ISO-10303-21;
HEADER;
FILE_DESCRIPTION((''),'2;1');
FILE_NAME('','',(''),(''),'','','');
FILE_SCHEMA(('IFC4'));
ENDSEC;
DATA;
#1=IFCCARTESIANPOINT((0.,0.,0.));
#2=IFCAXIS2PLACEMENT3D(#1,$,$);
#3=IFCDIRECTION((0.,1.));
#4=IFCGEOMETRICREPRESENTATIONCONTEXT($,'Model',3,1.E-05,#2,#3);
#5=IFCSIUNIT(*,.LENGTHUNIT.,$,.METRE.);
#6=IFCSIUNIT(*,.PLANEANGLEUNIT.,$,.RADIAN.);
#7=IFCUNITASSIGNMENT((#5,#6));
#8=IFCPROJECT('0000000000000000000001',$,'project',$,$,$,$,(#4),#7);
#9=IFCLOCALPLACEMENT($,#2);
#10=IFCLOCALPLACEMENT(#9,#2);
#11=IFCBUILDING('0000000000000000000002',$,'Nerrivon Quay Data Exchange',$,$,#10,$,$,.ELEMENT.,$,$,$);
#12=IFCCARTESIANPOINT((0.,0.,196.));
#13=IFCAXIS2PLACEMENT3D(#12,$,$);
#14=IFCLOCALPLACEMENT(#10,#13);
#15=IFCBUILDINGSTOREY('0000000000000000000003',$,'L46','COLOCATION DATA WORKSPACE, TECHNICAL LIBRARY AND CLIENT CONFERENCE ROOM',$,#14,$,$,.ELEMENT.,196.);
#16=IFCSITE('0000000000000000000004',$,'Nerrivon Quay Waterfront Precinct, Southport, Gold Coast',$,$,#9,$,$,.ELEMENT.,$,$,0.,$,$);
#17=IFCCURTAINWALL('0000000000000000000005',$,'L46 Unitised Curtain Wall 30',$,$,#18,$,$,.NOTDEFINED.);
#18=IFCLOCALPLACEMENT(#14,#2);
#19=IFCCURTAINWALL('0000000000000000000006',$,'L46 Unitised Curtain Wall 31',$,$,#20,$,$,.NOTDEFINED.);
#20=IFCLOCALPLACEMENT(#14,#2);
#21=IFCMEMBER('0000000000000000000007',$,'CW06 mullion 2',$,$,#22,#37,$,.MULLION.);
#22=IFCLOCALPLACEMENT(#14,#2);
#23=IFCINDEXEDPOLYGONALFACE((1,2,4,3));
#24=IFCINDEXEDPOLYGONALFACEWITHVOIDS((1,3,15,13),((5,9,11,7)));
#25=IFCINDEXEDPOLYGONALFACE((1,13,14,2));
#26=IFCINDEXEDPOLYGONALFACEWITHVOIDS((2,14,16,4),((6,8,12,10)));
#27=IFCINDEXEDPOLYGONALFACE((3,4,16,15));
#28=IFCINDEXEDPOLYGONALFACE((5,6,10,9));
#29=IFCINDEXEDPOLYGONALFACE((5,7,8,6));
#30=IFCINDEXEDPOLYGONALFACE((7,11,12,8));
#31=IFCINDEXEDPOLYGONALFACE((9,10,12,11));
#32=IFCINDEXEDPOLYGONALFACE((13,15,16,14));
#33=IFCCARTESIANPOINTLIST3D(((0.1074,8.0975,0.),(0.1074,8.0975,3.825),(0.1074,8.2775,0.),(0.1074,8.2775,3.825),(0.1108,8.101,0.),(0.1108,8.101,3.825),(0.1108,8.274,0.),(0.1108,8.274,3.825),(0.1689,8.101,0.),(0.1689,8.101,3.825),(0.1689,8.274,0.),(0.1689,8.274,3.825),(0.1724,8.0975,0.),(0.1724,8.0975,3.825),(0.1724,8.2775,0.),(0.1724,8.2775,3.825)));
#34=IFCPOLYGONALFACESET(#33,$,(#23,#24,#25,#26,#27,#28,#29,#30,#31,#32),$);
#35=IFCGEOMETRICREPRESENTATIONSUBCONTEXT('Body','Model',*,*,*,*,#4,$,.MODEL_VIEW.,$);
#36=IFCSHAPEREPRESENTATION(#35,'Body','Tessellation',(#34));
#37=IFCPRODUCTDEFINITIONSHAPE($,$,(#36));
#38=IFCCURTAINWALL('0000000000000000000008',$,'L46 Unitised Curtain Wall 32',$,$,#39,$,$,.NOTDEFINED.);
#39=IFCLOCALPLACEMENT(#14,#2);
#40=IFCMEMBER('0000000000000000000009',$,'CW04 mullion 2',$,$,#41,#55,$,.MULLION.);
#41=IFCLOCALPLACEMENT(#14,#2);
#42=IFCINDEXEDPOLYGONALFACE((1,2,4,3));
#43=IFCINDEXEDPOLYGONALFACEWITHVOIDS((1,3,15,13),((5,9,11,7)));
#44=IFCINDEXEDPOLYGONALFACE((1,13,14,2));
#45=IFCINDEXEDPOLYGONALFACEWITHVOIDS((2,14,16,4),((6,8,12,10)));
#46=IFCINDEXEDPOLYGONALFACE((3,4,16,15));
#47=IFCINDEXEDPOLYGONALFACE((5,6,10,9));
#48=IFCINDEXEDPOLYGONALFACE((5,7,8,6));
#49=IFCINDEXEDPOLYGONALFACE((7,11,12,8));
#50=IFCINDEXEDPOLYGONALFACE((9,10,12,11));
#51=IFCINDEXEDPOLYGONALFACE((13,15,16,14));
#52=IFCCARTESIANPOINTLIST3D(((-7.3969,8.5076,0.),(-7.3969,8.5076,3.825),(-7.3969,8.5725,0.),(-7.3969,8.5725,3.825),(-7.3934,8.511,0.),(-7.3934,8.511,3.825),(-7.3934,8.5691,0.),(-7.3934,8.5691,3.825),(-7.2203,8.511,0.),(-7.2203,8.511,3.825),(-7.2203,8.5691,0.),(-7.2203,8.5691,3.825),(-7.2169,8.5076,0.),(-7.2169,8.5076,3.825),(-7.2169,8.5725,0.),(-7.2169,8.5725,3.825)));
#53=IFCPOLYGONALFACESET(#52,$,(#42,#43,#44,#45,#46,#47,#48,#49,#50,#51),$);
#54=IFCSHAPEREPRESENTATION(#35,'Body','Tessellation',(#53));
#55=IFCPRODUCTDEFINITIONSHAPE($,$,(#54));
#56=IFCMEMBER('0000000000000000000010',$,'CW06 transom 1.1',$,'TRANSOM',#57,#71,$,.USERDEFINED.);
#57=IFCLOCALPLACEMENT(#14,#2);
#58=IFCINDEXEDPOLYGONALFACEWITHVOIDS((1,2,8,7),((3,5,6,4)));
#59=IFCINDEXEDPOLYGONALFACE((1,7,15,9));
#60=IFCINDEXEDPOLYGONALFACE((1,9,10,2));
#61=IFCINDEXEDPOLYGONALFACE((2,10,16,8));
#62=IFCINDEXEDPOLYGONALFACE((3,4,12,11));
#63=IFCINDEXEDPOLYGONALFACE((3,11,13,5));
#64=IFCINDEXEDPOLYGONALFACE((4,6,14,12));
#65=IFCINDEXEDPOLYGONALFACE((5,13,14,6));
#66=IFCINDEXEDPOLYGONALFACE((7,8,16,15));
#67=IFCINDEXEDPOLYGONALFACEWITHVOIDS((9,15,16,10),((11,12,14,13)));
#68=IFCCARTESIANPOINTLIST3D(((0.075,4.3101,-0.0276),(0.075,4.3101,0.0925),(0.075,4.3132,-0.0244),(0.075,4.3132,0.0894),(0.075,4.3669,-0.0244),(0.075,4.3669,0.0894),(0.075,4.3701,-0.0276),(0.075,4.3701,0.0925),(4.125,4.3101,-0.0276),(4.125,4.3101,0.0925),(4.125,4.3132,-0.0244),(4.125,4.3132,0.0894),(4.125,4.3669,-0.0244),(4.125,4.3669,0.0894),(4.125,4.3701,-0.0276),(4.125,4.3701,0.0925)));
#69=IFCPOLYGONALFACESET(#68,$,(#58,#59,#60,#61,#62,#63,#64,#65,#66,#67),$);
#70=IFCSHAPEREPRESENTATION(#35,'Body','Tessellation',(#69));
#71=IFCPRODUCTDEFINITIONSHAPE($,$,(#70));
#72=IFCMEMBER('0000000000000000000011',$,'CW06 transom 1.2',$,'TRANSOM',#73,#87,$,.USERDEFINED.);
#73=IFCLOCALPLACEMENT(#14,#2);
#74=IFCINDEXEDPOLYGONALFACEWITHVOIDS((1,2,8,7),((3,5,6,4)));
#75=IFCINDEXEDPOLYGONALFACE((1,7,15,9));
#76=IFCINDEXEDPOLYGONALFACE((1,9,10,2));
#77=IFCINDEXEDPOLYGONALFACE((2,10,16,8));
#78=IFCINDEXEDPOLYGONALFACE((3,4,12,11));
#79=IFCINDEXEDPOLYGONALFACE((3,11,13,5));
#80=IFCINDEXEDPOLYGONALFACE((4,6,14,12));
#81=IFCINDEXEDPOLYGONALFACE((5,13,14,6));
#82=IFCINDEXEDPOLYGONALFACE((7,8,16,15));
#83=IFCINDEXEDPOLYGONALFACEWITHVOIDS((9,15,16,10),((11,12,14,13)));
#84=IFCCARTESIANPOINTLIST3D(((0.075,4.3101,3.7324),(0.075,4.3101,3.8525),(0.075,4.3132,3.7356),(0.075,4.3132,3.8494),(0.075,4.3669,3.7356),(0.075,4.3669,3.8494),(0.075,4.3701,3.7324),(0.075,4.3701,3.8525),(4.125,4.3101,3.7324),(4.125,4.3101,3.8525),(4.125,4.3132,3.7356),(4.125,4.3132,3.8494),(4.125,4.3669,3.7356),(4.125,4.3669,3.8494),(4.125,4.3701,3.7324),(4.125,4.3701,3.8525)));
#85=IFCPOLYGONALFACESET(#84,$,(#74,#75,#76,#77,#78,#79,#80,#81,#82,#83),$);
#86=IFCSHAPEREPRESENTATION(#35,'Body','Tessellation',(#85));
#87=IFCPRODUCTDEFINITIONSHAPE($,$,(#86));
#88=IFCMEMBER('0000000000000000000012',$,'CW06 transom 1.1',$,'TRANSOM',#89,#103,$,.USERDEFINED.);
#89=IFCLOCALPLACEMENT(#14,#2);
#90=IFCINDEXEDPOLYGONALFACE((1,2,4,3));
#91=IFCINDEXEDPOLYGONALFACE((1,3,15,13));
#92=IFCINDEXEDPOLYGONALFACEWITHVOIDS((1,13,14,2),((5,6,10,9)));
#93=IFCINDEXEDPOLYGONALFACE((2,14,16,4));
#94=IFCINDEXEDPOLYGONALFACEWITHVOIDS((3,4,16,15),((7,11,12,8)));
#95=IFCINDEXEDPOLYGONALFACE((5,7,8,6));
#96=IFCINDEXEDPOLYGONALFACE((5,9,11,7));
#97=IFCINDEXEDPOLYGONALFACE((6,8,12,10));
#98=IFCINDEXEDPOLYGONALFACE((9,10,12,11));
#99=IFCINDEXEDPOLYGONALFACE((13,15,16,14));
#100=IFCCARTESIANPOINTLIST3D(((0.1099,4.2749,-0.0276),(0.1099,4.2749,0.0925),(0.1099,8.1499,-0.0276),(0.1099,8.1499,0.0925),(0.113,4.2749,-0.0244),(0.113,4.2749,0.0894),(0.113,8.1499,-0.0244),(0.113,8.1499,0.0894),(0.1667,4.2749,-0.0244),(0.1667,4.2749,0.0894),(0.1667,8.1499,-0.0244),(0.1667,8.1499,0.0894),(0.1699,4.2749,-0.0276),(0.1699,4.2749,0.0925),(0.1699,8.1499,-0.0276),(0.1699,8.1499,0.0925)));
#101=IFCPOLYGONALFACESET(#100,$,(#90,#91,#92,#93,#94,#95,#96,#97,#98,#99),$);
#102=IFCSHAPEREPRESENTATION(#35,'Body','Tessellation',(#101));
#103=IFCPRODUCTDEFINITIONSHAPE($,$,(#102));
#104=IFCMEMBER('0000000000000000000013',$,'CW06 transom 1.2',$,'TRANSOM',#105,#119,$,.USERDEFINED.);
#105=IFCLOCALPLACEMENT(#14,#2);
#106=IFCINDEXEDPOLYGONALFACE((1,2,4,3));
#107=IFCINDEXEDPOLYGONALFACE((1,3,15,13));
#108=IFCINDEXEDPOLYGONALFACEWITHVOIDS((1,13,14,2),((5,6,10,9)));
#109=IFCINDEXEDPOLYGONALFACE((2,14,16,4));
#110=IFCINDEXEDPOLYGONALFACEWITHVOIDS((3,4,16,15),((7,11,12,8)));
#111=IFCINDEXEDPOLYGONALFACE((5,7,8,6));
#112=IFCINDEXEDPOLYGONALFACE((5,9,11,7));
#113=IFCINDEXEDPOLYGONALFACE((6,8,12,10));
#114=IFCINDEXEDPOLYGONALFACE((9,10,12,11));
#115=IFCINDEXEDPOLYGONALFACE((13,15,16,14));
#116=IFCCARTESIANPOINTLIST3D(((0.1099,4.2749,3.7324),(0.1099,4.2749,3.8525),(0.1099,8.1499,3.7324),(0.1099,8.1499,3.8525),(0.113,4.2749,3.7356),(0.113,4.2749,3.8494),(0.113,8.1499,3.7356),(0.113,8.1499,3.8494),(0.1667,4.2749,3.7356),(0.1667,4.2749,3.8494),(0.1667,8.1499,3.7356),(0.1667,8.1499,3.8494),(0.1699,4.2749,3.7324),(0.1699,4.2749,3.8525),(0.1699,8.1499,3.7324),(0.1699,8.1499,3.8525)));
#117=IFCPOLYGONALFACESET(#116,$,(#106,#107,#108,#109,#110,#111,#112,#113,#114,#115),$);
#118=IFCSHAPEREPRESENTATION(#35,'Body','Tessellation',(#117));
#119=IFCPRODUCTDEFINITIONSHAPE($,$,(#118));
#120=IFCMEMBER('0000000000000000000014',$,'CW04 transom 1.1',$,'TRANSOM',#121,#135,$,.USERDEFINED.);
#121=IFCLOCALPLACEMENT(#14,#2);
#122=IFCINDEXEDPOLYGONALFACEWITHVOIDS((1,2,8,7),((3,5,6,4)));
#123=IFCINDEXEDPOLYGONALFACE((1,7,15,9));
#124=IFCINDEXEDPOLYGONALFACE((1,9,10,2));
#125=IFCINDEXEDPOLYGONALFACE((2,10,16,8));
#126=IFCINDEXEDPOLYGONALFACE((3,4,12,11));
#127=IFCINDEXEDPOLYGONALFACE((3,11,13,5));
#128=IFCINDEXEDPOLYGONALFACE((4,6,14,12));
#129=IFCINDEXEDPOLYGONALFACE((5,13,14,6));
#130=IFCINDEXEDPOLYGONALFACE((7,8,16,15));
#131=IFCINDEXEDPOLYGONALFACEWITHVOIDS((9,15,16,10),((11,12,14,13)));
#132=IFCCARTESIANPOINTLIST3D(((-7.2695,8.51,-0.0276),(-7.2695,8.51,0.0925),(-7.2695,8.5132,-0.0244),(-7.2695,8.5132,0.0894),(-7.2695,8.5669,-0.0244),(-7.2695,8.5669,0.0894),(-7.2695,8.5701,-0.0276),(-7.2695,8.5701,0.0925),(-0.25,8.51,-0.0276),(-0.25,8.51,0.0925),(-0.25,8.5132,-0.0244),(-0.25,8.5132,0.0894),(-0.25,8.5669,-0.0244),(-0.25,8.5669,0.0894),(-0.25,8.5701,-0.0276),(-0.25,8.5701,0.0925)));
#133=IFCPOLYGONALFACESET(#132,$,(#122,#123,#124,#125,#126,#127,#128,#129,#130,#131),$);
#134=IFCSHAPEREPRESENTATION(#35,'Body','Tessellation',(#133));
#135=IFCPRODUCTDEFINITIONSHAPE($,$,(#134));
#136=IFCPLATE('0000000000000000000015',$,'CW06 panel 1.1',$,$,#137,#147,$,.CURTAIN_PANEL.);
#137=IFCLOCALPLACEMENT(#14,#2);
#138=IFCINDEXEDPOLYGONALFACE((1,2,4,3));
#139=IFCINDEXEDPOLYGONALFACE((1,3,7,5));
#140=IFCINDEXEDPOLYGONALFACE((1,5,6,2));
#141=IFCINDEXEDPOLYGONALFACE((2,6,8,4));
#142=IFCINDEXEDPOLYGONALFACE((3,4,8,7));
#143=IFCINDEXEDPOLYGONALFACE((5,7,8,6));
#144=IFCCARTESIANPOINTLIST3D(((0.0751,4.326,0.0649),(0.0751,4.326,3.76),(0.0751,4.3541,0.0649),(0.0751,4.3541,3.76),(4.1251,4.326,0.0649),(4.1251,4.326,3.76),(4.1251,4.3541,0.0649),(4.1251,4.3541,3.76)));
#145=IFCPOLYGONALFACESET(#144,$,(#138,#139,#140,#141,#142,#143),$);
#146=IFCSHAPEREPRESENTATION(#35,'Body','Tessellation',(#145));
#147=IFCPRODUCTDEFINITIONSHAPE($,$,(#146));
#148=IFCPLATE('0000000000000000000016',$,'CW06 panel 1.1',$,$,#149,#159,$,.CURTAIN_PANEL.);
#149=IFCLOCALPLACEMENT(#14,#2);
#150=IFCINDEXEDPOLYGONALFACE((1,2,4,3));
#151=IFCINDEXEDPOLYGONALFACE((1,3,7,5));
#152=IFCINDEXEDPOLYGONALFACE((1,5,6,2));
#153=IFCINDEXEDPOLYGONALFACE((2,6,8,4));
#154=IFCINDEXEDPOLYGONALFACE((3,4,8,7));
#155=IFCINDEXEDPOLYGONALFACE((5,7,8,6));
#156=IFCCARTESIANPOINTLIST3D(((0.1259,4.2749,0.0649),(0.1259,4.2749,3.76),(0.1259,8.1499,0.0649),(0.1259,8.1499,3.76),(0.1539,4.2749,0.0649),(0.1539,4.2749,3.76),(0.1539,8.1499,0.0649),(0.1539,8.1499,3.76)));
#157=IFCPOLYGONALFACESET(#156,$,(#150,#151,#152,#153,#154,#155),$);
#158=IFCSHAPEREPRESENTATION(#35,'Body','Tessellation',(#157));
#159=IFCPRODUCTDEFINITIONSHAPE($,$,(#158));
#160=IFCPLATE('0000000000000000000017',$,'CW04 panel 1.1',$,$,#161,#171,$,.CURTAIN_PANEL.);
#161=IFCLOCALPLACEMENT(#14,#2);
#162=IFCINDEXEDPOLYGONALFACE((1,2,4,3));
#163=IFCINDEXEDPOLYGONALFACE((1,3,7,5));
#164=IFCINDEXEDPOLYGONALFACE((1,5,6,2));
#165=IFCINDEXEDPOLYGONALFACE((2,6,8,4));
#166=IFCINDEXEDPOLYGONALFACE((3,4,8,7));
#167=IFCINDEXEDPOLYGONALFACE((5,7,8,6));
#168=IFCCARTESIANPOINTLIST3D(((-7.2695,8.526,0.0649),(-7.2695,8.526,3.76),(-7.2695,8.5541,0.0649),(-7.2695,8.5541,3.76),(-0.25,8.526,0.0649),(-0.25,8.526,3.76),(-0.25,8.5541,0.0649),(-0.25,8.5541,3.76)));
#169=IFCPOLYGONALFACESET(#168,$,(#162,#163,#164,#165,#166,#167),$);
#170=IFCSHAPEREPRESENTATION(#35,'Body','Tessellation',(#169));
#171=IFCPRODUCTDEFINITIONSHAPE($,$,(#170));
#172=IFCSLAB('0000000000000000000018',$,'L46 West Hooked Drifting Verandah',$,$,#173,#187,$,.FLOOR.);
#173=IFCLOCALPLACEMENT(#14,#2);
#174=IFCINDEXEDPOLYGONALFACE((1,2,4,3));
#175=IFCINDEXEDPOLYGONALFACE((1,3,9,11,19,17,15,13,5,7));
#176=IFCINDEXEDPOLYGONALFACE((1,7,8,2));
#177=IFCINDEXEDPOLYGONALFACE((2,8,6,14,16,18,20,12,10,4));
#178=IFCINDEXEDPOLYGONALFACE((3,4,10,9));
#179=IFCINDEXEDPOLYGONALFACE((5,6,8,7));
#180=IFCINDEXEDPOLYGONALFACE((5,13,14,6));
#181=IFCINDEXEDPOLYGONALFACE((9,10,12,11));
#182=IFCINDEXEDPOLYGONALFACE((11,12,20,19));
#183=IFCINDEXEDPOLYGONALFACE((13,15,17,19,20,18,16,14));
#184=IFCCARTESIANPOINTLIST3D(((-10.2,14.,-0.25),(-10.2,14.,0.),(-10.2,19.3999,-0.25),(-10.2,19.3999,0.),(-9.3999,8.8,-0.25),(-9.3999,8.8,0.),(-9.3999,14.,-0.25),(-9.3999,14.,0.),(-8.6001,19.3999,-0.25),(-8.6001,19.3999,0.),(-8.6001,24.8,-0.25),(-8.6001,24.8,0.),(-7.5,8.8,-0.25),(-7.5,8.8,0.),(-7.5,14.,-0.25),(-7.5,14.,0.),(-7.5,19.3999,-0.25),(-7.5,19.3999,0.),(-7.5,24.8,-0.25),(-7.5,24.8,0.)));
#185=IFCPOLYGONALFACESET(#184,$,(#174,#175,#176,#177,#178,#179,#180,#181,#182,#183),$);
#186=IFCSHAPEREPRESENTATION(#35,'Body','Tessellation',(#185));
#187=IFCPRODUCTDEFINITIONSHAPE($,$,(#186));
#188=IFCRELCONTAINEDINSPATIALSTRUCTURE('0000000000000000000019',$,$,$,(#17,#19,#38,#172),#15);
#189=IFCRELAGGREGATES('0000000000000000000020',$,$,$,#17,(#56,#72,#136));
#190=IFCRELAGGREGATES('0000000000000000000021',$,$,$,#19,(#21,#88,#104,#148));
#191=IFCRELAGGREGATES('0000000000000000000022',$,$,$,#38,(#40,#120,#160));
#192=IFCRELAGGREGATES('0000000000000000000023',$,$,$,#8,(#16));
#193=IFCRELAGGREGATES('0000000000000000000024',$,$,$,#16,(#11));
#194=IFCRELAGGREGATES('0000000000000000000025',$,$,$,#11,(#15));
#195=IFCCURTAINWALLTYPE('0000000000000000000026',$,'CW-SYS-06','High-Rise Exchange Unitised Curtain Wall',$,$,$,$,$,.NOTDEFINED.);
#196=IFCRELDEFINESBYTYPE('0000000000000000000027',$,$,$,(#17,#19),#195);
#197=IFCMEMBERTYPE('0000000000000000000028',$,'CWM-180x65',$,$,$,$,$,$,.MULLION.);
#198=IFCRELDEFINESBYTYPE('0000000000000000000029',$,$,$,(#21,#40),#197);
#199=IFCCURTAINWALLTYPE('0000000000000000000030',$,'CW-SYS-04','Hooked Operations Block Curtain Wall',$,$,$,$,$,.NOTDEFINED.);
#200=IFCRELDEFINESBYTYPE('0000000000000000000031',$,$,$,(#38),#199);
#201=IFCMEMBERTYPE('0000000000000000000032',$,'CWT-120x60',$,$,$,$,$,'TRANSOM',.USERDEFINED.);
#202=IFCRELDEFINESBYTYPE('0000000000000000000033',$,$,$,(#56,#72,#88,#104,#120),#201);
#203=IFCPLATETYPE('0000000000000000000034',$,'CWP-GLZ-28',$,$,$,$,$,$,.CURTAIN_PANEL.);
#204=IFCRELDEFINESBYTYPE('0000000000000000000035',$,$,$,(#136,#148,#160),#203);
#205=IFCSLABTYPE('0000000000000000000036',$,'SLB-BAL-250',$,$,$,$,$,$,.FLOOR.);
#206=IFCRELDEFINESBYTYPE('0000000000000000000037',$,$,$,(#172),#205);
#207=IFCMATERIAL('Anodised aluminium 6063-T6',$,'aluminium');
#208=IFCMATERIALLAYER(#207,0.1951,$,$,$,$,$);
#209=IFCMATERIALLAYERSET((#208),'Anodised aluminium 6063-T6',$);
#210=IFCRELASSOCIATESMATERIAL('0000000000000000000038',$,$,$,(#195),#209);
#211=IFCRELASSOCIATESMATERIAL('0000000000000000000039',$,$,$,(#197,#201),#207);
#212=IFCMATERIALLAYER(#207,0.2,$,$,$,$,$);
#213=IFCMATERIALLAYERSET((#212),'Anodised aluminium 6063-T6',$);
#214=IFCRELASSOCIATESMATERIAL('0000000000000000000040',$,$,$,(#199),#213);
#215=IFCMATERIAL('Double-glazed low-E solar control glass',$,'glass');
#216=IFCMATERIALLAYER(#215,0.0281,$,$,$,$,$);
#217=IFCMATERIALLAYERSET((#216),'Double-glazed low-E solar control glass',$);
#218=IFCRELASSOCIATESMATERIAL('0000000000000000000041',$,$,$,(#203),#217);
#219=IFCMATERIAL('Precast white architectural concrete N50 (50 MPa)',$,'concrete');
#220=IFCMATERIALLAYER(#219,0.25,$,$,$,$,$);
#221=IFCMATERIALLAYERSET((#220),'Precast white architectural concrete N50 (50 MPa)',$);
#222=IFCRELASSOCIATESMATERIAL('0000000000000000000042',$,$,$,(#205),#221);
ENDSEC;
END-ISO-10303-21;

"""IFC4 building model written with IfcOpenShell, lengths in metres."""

from ifc_helpers import new_model, si_unit, direction, frame, origin, origin_2d, place, context, subcontext, project, spatial, polyline, rectangle, hollow_rectangle, outline, extrude, material, layer, layer_set, material_profile, profile_set, type_object, element, aggregate, save


model = new_model("IFC4")

# Units and contexts
model_context = context("Model", 3, precision=1e-05, world=origin(), true_north=direction((0.0, 1.0)))
body_context = subcontext(model_context, "Body", "Model", "MODEL_VIEW")
ifc_project = project(units=[si_unit("LENGTHUNIT", "METRE"), si_unit("PLANEANGLEUNIT", "RADIAN")], contexts=[model_context])

# Site, building, storey
site_placement = place(None, origin())
site = spatial("IfcSite", under=ifc_project, at=site_placement, Name="Nerrivon Quay Waterfront Precinct, Southport, Gold Coast", CompositionType="ELEMENT", RefElevation=0.0)
building_placement = place(site_placement, origin())
building = spatial("IfcBuilding", under=site, at=building_placement, Name="Nerrivon Quay Data Exchange", CompositionType="ELEMENT")
storey_placement = place(building_placement, frame((0.0, 0.0, 196.0)))
storey = spatial("IfcBuildingStorey", under=building, at=storey_placement, Name="L46", Description="COLOCATION DATA WORKSPACE, TECHNICAL LIBRARY AND CLIENT CONFERENCE ROOM", CompositionType="ELEMENT", Elevation=196.0)

# Curtain wall
ifc_material_1 = material(Name="Anodised aluminium 6063-T6", Category="aluminium")
ifc_layer_1 = layer(ifc_material_1, 0.1951)
ifc_layer_set_1 = layer_set([ifc_layer_1], Name="Anodised aluminium 6063-T6")
curtain_wall_type_1 = type_object("IfcCurtainWallType", Name="CW-SYS-06", Description="High-Rise Exchange Unitised Curtain Wall", PredefinedType="NOTDEFINED", material=ifc_layer_set_1)
curtain_wall_1_placement = place(storey_placement, origin())
curtain_wall_1 = element("IfcCurtainWall", 1, at=curtain_wall_1_placement, inside=storey, type_object=curtain_wall_type_1, Name="L46 Unitised Curtain Wall 30", PredefinedType="NOTDEFINED")
ifc_material_profile_1 = material_profile(ifc_material_1, hollow_rectangle(XDim=0.0649, YDim=0.1799, WallThickness=0.0034, at=origin_2d()), Name="ALU-MULL-180x65")
ifc_profile_set_1 = profile_set([ifc_material_profile_1], Name="Anodised aluminium 6063-T6")
member_type_1 = type_object("IfcMemberType", Name="CWM-180x65", PredefinedType="MULLION", material=ifc_profile_set_1)

# Curtain wall, member
curtain_wall_2_placement = place(storey_placement, origin())
curtain_wall_2 = element("IfcCurtainWall", 2, at=curtain_wall_2_placement, inside=storey, type_object=curtain_wall_type_1, Name="L46 Unitised Curtain Wall 31", PredefinedType="NOTDEFINED")
member_1_placement = place(storey_placement, frame((0.1399, 8.1875, 0.0), z_axis=(0.0, 0.0, 1.0), x_axis=(-1.0, 0.0, 0.0)))
member_1 = element("IfcMember", 3, at=member_1_placement, type_object=member_type_1, Name="CW06 mullion 2", PredefinedType="MULLION", context=body_context, shape_type="SweptSolid", body=[
    extrude(hollow_rectangle(XDim=0.0649, YDim=0.1799, WallThickness=0.0034, at=origin_2d()), origin(), (0.0, 0.0, 1.0), 3.825),
])

# Curtain wall, member
ifc_layer_2 = layer(ifc_material_1, 0.2)
ifc_layer_set_2 = layer_set([ifc_layer_2], Name="Anodised aluminium 6063-T6")
curtain_wall_type_2 = type_object("IfcCurtainWallType", Name="CW-SYS-04", Description="Hooked Operations Block Curtain Wall", PredefinedType="NOTDEFINED", material=ifc_layer_set_2)
curtain_wall_3_placement = place(storey_placement, origin())
curtain_wall_3 = element("IfcCurtainWall", 4, at=curtain_wall_3_placement, inside=storey, type_object=curtain_wall_type_2, Name="L46 Unitised Curtain Wall 32", PredefinedType="NOTDEFINED")
member_2_placement = place(storey_placement, frame((-7.3069, 8.54, 0.0), z_axis=(0.0, 0.0, 1.0), x_axis=(0.0, -1.0, 0.0)))
member_2 = element("IfcMember", 5, at=member_2_placement, type_object=member_type_1, Name="CW04 mullion 2", PredefinedType="MULLION", context=body_context, shape_type="SweptSolid", body=[
    extrude(hollow_rectangle(XDim=0.0649, YDim=0.1799, WallThickness=0.0034, at=origin_2d()), origin(), (0.0, 0.0, 1.0), 3.825),
])

# Members
ifc_material_profile_2 = material_profile(ifc_material_1, hollow_rectangle(XDim=0.0601, YDim=0.1201, WallThickness=0.0032, at=origin_2d()), Name="ALU-TRAN-120x60")
ifc_profile_set_2 = profile_set([ifc_material_profile_2], Name="Anodised aluminium 6063-T6")
member_type_2 = type_object("IfcMemberType", Name="CWT-120x60", ElementType="TRANSOM", PredefinedType="USERDEFINED", material=ifc_profile_set_2)
member_3_placement = place(storey_placement, frame((4.125, 4.3401, 0.0325), z_axis=(-1.0, 0.0, 0.0), x_axis=(0.0, -1.0, 0.0)))
member_3 = element("IfcMember", 6, at=member_3_placement, type_object=member_type_2, Name="CW06 transom 1.1", ObjectType="TRANSOM", PredefinedType="USERDEFINED", context=body_context, shape_type="SweptSolid", body=[
    extrude(hollow_rectangle(XDim=0.0601, YDim=0.1201, WallThickness=0.0032, at=origin_2d()), origin(), (0.0, 0.0, 1.0), 4.05),
])
member_4_placement = place(storey_placement, frame((4.125, 4.3401, 3.7925), z_axis=(-1.0, 0.0, 0.0), x_axis=(0.0, -1.0, 0.0)))
member_4 = element("IfcMember", 7, at=member_4_placement, type_object=member_type_2, Name="CW06 transom 1.2", ObjectType="TRANSOM", PredefinedType="USERDEFINED", context=body_context, shape_type="SweptSolid", body=[
    extrude(hollow_rectangle(XDim=0.0601, YDim=0.1201, WallThickness=0.0032, at=origin_2d()), origin(), (0.0, 0.0, 1.0), 4.05),
])
member_5_placement = place(storey_placement, frame((0.1399, 4.2749, 0.0325), z_axis=(0.0, 1.0, 0.0), x_axis=(-1.0, 0.0, 0.0)))
member_5 = element("IfcMember", 8, at=member_5_placement, type_object=member_type_2, Name="CW06 transom 1.1", ObjectType="TRANSOM", PredefinedType="USERDEFINED", context=body_context, shape_type="SweptSolid", body=[
    extrude(hollow_rectangle(XDim=0.0601, YDim=0.1201, WallThickness=0.0032, at=origin_2d()), origin(), (0.0, 0.0, 1.0), 3.875),
])
member_6_placement = place(storey_placement, frame((0.1399, 4.2749, 3.7925), z_axis=(0.0, 1.0, 0.0), x_axis=(-1.0, 0.0, 0.0)))
member_6 = element("IfcMember", 9, at=member_6_placement, type_object=member_type_2, Name="CW06 transom 1.2", ObjectType="TRANSOM", PredefinedType="USERDEFINED", context=body_context, shape_type="SweptSolid", body=[
    extrude(hollow_rectangle(XDim=0.0601, YDim=0.1201, WallThickness=0.0032, at=origin_2d()), origin(), (0.0, 0.0, 1.0), 3.875),
])
member_7_placement = place(storey_placement, frame((-0.25, 8.54, 0.0325), z_axis=(-1.0, 0.0, 0.0), x_axis=(0.0, -1.0, 0.0)))
member_7 = element("IfcMember", 10, at=member_7_placement, type_object=member_type_2, Name="CW04 transom 1.1", ObjectType="TRANSOM", PredefinedType="USERDEFINED", context=body_context, shape_type="SweptSolid", body=[
    extrude(hollow_rectangle(XDim=0.0601, YDim=0.1201, WallThickness=0.0032, at=origin_2d()), origin(), (0.0, 0.0, 1.0), 7.0195),
])

# Plates
ifc_material_2 = material(Name="Double-glazed low-E solar control glass", Category="glass")
ifc_layer_3 = layer(ifc_material_2, 0.0281)
ifc_layer_set_3 = layer_set([ifc_layer_3], Name="Double-glazed low-E solar control glass")
plate_type = type_object("IfcPlateType", Name="CWP-GLZ-28", PredefinedType="CURTAIN_PANEL", material=ifc_layer_set_3)
plate_1_placement = place(storey_placement, frame((2.1001, 4.3401, 0.0649), z_axis=(0.0, 0.0, 1.0), x_axis=(-1.0, 0.0, 0.0)))
plate_1 = element("IfcPlate", 11, at=plate_1_placement, type_object=plate_type, Name="CW06 panel 1.1", PredefinedType="CURTAIN_PANEL", context=body_context, shape_type="SweptSolid", body=[
    extrude(rectangle(XDim=4.05, YDim=0.0281, at=origin_2d()), origin(), (0.0, 0.0, 1.0), 3.6951),
])
aggregate(curtain_wall_1, [member_3, member_4, plate_1])
plate_2_placement = place(storey_placement, frame((0.1399, 6.2124, 0.0649), z_axis=(0.0, 0.0, 1.0), x_axis=(0.0, 1.0, 0.0)))
plate_2 = element("IfcPlate", 12, at=plate_2_placement, type_object=plate_type, Name="CW06 panel 1.1", PredefinedType="CURTAIN_PANEL", context=body_context, shape_type="SweptSolid", body=[
    extrude(rectangle(XDim=3.875, YDim=0.0281, at=origin_2d()), origin(), (0.0, 0.0, 1.0), 3.6951),
])
aggregate(curtain_wall_2, [member_1, member_5, member_6, plate_2])
plate_3_placement = place(storey_placement, frame((-3.7598, 8.54, 0.0649), z_axis=(0.0, 0.0, 1.0), x_axis=(-1.0, 0.0, 0.0)))
plate_3 = element("IfcPlate", 13, at=plate_3_placement, type_object=plate_type, Name="CW04 panel 1.1", PredefinedType="CURTAIN_PANEL", context=body_context, shape_type="SweptSolid", body=[
    extrude(rectangle(XDim=7.0195, YDim=0.0281, at=origin_2d()), origin(), (0.0, 0.0, 1.0), 3.6951),
])
aggregate(curtain_wall_3, [member_2, member_7, plate_3])

# Slab
ifc_material_3 = material(Name="Precast white architectural concrete N50 (50 MPa)", Category="concrete")
ifc_layer_4 = layer(ifc_material_3, 0.25)
ifc_layer_set_4 = layer_set([ifc_layer_4], Name="Precast white architectural concrete N50 (50 MPa)")
slab_type_1 = type_object("IfcSlabType", Name="SLB-BAL-250", PredefinedType="FLOOR", material=ifc_layer_set_4)
slab_1_placement = place(storey_placement, frame((0.0, 0.0, -0.25)))
element("IfcSlab", 14, at=slab_1_placement, inside=storey, type_object=slab_type_1, Name="L46 West Hooked Drifting Verandah", PredefinedType="FLOOR", context=body_context, shape_type="SweptSolid", body=[
    extrude(outline(polyline([(-7.5, 14.0), (-7.5, 19.3999), (-7.5, 24.8), (-8.6001, 24.8), (-8.6001, 19.3999), (-10.2, 19.3999), (-10.2, 14.0), (-9.3999, 14.0), (-9.3999, 8.8), (-7.5, 8.8), (-7.5, 14.0)])), origin(), (0.0, 0.0, 1.0), 0.25),
])

save(model, "model.ifc")
